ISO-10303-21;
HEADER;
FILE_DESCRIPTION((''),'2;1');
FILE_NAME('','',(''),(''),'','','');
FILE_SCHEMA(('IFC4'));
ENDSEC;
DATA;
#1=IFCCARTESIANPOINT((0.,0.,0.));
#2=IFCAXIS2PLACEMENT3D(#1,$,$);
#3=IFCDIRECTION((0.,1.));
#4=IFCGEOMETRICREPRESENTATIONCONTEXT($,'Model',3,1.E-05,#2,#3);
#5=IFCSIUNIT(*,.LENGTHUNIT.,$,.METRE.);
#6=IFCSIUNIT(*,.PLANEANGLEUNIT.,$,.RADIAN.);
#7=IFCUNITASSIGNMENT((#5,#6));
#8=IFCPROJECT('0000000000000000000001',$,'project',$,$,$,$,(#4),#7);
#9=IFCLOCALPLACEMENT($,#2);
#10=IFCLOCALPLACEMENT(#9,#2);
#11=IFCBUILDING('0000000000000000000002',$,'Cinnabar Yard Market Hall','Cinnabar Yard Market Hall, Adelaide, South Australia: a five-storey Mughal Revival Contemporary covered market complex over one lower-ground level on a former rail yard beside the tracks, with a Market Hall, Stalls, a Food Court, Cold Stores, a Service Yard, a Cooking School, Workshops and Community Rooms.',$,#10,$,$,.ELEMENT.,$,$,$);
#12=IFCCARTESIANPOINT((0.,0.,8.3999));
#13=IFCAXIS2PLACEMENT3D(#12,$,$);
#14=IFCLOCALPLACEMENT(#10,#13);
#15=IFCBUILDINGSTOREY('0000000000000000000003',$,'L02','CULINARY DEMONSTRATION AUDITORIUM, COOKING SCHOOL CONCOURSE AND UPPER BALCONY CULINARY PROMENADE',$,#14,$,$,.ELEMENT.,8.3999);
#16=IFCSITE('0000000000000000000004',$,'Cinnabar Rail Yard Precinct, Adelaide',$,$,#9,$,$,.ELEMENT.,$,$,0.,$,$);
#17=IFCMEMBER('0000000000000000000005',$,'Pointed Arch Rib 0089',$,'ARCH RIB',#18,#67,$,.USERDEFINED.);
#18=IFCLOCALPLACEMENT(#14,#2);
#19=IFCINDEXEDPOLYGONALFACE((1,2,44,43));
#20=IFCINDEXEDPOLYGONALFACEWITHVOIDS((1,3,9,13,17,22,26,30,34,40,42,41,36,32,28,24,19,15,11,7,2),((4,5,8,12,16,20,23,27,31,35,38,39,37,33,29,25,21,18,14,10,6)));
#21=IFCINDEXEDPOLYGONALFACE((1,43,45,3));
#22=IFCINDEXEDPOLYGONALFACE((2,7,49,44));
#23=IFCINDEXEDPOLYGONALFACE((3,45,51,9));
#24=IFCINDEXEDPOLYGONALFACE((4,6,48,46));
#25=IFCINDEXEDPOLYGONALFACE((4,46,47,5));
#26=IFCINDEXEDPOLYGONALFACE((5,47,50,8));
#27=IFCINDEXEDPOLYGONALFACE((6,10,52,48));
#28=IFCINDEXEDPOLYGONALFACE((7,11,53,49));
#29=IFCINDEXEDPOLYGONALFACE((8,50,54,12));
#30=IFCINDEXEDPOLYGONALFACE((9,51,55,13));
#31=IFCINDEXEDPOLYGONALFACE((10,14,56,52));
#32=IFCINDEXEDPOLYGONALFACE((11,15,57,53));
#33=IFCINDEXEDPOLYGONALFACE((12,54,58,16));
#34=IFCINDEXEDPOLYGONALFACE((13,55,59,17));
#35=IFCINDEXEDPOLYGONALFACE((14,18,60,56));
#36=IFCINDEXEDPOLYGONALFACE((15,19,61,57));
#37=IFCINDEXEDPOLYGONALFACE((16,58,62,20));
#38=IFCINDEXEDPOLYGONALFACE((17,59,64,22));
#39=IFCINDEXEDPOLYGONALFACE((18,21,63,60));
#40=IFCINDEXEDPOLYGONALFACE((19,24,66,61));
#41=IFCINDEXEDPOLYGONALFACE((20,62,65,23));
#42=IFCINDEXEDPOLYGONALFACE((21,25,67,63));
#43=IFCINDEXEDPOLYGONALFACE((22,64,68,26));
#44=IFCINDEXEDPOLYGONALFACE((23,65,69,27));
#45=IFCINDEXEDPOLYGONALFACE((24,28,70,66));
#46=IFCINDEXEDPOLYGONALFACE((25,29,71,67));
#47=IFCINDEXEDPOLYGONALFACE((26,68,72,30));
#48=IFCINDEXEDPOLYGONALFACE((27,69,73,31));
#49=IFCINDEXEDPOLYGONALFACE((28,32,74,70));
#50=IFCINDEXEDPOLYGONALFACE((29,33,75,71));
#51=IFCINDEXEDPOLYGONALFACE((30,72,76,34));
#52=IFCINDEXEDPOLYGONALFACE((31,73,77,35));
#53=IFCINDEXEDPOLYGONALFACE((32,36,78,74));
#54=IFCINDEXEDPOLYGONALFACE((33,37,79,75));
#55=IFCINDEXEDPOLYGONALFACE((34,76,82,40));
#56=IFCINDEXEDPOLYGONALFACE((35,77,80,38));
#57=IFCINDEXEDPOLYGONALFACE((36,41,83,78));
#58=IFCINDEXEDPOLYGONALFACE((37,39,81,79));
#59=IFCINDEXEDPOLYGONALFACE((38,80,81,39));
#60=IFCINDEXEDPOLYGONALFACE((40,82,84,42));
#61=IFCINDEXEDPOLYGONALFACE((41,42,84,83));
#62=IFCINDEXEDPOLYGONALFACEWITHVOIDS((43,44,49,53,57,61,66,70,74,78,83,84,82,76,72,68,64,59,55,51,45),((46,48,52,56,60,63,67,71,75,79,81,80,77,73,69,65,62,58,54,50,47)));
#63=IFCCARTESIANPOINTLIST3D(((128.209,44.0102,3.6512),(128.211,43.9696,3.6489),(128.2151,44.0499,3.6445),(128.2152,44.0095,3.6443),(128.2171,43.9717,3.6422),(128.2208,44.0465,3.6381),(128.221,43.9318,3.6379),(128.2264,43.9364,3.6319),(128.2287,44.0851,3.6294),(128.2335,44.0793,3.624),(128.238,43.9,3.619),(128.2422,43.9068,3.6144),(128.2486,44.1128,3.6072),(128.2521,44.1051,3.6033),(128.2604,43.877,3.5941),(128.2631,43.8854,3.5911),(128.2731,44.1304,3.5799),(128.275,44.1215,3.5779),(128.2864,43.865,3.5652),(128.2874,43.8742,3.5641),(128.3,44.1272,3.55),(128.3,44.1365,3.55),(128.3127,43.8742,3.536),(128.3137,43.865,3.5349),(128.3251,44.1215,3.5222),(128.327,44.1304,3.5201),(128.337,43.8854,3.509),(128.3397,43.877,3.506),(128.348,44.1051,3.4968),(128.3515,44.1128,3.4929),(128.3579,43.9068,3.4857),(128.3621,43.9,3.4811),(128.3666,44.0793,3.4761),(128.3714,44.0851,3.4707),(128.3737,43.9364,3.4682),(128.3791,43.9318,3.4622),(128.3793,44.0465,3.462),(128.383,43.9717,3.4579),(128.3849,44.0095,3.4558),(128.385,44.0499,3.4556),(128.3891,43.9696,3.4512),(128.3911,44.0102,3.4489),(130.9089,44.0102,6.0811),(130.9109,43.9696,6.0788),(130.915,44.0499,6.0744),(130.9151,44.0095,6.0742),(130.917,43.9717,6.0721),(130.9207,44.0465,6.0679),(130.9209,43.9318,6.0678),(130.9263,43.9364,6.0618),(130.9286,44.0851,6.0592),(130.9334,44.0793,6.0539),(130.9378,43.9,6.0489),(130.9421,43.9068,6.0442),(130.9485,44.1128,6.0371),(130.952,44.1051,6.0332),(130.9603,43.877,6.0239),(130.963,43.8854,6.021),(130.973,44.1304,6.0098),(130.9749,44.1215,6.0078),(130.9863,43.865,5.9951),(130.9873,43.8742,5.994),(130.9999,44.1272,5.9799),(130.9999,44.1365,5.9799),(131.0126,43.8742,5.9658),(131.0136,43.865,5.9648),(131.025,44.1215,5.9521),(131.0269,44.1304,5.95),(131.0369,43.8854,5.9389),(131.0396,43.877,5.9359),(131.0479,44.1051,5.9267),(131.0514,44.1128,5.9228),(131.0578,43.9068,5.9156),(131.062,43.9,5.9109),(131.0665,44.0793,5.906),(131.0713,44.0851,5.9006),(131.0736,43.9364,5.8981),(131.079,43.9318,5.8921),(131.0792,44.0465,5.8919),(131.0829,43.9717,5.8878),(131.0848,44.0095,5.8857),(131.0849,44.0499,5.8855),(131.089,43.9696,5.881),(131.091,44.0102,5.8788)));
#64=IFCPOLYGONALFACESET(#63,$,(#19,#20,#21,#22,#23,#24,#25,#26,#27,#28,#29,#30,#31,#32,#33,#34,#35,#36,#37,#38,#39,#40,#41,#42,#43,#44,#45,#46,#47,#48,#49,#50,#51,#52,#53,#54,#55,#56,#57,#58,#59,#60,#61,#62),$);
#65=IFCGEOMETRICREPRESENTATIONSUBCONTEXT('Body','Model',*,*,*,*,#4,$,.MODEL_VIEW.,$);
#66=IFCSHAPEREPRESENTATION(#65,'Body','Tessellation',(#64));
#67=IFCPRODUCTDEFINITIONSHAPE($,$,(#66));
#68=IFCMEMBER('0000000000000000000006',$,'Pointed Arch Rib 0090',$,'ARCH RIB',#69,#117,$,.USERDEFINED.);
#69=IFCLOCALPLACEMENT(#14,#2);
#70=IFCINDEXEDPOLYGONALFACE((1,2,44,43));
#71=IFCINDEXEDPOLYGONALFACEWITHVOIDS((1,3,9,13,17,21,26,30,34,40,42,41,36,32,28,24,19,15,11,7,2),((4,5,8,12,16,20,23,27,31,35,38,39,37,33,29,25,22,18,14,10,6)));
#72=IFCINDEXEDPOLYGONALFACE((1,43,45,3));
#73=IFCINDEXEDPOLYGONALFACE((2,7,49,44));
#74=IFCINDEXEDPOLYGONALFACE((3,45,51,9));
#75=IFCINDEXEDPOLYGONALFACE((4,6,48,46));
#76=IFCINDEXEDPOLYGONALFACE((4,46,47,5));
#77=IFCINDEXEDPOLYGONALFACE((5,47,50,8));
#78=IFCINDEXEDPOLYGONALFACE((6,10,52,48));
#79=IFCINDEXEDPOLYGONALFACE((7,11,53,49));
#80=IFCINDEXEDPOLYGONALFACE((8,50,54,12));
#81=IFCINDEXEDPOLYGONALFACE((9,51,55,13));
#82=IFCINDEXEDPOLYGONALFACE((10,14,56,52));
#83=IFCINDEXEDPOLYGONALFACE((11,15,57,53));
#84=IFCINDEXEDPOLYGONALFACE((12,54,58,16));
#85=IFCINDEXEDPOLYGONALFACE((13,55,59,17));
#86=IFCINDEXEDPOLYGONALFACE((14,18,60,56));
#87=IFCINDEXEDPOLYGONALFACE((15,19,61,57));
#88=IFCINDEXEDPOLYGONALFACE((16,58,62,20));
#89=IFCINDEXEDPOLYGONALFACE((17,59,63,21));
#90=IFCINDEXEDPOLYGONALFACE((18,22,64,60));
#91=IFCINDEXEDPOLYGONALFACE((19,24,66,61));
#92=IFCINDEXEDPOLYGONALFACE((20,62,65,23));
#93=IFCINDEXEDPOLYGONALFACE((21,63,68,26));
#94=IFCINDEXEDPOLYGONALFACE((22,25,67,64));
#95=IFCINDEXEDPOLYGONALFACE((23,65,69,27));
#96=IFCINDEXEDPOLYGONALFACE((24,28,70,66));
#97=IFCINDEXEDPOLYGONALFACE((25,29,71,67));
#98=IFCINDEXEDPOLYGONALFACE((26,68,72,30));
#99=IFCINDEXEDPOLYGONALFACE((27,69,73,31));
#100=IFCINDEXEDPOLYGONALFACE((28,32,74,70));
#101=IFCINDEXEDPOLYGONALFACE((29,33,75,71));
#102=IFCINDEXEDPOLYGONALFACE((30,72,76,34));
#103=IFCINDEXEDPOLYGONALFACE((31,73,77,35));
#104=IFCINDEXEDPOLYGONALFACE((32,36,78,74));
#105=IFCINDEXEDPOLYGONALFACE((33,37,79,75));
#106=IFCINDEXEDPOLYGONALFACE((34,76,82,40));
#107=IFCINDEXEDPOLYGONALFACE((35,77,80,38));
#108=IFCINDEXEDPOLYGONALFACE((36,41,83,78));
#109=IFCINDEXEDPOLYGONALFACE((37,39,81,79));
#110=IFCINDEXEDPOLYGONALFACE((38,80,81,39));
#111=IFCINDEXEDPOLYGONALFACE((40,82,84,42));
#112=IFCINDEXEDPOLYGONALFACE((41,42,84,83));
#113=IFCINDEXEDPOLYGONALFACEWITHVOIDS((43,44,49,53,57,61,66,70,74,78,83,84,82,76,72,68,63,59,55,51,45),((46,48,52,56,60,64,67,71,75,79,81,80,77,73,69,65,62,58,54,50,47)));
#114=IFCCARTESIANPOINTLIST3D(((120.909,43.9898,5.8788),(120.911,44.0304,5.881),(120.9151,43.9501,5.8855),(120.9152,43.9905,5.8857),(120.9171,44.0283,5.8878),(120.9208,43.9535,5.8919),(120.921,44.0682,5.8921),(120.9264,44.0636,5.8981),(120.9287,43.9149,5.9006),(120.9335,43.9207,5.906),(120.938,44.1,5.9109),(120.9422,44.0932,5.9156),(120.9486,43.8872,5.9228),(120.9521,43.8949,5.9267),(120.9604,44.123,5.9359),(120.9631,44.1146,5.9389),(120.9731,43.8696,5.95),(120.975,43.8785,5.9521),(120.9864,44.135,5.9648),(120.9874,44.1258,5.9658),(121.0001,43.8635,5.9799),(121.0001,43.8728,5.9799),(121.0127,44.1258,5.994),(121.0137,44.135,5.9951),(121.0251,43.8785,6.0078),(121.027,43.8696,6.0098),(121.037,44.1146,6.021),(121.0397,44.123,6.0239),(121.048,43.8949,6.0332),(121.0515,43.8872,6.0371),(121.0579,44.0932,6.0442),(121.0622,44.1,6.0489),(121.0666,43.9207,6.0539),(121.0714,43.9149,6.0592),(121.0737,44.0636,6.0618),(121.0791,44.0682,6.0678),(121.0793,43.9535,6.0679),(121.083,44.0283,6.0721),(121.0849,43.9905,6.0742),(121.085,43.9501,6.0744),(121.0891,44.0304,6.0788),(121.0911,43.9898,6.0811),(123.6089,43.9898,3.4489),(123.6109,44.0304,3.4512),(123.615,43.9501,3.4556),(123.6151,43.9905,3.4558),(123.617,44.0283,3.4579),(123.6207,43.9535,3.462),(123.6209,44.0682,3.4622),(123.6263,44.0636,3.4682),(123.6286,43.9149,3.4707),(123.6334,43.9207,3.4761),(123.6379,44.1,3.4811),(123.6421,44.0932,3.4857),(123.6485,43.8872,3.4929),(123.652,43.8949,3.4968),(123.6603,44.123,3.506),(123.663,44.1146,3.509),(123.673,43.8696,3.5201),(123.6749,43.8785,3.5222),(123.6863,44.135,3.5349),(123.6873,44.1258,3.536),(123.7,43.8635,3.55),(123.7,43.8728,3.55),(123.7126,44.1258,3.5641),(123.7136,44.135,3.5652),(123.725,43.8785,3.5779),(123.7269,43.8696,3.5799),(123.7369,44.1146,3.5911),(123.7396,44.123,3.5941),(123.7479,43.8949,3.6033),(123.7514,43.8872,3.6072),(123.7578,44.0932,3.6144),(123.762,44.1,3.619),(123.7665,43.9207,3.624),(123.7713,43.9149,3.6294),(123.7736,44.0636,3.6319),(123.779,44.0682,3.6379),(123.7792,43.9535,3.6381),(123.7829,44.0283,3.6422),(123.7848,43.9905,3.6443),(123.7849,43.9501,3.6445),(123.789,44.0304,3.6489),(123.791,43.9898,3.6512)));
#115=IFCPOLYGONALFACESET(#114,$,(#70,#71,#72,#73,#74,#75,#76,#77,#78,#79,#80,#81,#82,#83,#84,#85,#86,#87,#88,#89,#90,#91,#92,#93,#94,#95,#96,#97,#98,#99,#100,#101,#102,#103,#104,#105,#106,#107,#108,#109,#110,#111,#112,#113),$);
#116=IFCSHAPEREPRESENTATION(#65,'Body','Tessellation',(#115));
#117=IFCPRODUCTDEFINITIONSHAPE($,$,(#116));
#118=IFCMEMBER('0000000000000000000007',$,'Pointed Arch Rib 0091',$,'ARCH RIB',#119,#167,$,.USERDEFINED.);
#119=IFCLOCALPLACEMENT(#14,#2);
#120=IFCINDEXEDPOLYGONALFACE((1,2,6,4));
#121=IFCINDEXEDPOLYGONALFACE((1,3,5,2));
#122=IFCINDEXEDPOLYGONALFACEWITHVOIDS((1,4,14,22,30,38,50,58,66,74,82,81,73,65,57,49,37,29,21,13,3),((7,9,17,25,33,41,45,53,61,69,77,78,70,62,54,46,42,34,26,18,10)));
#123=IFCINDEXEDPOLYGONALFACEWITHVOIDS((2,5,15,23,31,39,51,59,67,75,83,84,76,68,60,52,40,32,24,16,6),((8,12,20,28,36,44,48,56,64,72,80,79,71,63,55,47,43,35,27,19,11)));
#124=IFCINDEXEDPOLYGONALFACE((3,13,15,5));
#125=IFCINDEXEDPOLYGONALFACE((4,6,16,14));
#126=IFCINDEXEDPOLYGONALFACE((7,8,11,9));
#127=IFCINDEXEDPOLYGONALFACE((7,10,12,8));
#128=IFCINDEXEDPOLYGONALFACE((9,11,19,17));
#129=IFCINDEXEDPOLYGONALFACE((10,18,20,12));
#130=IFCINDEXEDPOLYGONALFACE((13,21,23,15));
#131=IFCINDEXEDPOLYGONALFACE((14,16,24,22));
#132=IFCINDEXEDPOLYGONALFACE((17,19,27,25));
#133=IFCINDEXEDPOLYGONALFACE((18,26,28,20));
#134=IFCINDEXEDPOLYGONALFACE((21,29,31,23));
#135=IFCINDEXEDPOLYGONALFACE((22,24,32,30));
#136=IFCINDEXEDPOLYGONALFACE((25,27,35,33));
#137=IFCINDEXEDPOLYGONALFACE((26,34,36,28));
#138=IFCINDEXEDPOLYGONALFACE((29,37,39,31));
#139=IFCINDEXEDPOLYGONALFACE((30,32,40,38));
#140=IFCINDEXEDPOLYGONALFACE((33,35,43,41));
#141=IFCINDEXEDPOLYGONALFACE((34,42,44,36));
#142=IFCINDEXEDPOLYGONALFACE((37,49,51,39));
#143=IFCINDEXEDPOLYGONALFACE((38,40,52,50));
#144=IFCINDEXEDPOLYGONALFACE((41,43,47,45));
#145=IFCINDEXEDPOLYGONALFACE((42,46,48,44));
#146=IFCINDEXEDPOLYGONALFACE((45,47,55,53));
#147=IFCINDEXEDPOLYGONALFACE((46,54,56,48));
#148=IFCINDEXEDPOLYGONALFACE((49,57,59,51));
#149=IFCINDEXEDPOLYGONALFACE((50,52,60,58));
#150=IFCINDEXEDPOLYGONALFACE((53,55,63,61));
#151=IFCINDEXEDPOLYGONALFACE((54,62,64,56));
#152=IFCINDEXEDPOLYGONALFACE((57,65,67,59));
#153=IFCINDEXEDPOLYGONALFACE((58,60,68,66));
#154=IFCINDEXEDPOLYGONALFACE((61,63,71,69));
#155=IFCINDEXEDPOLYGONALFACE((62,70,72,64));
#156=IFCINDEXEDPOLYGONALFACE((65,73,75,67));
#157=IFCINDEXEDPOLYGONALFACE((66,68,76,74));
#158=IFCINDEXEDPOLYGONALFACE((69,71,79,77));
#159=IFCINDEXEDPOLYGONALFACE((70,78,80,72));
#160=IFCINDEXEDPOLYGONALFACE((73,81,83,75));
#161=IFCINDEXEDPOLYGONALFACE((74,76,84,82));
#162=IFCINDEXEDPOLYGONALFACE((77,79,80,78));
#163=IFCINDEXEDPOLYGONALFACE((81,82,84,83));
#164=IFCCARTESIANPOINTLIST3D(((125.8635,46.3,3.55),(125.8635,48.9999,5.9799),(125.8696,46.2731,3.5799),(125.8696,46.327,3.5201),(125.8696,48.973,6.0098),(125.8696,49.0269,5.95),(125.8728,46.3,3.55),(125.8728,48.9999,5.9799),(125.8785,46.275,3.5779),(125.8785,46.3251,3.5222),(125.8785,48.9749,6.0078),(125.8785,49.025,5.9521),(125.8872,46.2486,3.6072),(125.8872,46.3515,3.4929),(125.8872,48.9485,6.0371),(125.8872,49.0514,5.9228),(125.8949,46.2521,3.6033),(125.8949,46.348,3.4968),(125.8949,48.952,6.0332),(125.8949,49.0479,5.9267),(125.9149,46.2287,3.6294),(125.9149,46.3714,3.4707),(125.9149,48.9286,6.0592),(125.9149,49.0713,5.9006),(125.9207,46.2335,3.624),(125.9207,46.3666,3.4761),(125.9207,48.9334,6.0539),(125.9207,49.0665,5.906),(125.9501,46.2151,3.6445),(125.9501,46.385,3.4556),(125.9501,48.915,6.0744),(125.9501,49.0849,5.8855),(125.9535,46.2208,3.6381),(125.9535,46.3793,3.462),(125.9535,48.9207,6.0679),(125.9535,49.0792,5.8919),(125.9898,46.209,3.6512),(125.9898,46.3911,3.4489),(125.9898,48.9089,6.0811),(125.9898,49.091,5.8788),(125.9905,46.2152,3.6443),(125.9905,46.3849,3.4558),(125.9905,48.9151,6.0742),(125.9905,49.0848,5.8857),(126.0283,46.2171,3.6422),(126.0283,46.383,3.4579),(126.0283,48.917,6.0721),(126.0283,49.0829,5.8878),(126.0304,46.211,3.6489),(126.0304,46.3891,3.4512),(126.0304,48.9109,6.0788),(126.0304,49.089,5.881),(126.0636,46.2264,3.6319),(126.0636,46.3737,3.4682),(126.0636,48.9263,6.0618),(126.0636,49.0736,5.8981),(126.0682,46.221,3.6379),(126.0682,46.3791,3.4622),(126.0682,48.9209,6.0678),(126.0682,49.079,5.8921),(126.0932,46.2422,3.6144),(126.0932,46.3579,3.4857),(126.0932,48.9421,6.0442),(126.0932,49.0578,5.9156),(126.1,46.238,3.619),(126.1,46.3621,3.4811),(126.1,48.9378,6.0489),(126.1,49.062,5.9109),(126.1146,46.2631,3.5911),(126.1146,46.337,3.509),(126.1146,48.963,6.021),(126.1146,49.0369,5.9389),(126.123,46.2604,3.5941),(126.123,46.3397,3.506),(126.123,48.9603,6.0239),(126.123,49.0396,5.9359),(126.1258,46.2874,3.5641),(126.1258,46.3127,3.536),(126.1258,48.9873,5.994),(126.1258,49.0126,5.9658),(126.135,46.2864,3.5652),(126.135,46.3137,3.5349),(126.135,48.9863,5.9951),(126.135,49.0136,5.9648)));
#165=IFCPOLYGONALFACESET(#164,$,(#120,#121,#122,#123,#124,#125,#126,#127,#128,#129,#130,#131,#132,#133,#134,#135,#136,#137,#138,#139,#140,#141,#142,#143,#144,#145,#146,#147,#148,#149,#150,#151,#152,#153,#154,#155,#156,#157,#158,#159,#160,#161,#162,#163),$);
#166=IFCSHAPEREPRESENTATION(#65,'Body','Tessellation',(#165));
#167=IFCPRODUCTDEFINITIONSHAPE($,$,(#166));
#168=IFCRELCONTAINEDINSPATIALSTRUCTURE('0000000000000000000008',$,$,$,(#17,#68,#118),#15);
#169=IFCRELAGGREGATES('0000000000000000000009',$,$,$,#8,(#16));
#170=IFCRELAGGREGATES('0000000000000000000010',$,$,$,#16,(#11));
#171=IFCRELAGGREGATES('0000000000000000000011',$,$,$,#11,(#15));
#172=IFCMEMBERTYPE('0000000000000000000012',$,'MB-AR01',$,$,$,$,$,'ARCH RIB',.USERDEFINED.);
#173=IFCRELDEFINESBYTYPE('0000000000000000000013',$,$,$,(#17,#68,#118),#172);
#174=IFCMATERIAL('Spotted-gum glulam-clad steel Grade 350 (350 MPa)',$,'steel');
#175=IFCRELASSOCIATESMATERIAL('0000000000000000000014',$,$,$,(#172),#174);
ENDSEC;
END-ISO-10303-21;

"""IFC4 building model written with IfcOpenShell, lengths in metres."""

from ifc_helpers import new_model, si_unit, direction, frame, origin, origin_2d_with_axis, place, context, subcontext, project, spatial, hollow_circle, extrude, material, material_profile, profile_set, type_object, element, save


model = new_model("IFC4")

# Units and contexts
model_context = context("Model", 3, precision=1e-05, world=origin(), true_north=direction((0.0, 1.0)))
body_context = subcontext(model_context, "Body", "Model", "MODEL_VIEW")
ifc_project = project(units=[si_unit("LENGTHUNIT", "METRE"), si_unit("PLANEANGLEUNIT", "RADIAN")], contexts=[model_context])

# Site, building, storey
site_placement = place(None, origin())
site = spatial("IfcSite", under=ifc_project, at=site_placement, Name="Cinnabar Rail Yard Precinct, Adelaide", CompositionType="ELEMENT", RefElevation=0.0)
building_placement = place(site_placement, origin())
building = spatial("IfcBuilding", under=site, at=building_placement, Name="Cinnabar Yard Market Hall", Description="Cinnabar Yard Market Hall, Adelaide, South Australia: a five-storey Mughal Revival Contemporary covered market complex over one lower-ground level on a former rail yard beside the tracks, with a Market Hall, Stalls, a Food Court, Cold Stores, a Service Yard, a Cooking School, Workshops and Community Rooms.", CompositionType="ELEMENT")
storey_placement = place(building_placement, frame((0.0, 0.0, 8.3999)))
storey = spatial("IfcBuildingStorey", under=building, at=storey_placement, Name="L02", Description="CULINARY DEMONSTRATION AUDITORIUM, COOKING SCHOOL CONCOURSE AND UPPER BALCONY CULINARY PROMENADE", CompositionType="ELEMENT", Elevation=8.3999)

# Shared definitions
ifc_material_1 = material(Name="Spotted-gum glulam-clad steel Grade 350 (350 MPa)", Category="steel")

# Members
ifc_material_profile_1 = material_profile(ifc_material_1, hollow_circle(Radius=0.1365, WallThickness=0.0093, at=origin_2d_with_axis()), Name="273.1x9.3CHS")
ifc_profile_set_1 = profile_set([ifc_material_profile_1], Name="Spotted-gum glulam-clad steel Grade 350 (350 MPa)")
member_type_1 = type_object("IfcMemberType", Name="MB-AR01", ElementType="ARCH RIB", PredefinedType="USERDEFINED", material=ifc_profile_set_1)
for number, where, z_axis, x_axis, name in (
    (1, (128.3, 44.0, 3.55), (0.743297, 0.0, 0.668961), (0.0, 1.0, 0.0), "Pointed Arch Rib 0089"),
    (2, (123.7, 44.0, 3.55), (-0.743297, 0.0, 0.668961), (0.0, -1.0, 0.0), "Pointed Arch Rib 0090"),
    (3, (126.0, 46.3, 3.55), (0.0, 0.743297, 0.668961), (-1.0, 0.0, 0.0), "Pointed Arch Rib 0091"),
):
    element("IfcMember", number, at=place(storey_placement, frame(where, z_axis=z_axis, x_axis=x_axis)), inside=storey, type_object=member_type_1, Name=name, ObjectType="ARCH RIB", PredefinedType="USERDEFINED", context=body_context, shape_type="SweptSolid", body=[
        extrude(hollow_circle(Radius=0.1365, WallThickness=0.0093, at=origin_2d_with_axis()), origin(), (0.0, 0.0, 1.0), 3.6323),
    ])

save(model, "model.ifc")
